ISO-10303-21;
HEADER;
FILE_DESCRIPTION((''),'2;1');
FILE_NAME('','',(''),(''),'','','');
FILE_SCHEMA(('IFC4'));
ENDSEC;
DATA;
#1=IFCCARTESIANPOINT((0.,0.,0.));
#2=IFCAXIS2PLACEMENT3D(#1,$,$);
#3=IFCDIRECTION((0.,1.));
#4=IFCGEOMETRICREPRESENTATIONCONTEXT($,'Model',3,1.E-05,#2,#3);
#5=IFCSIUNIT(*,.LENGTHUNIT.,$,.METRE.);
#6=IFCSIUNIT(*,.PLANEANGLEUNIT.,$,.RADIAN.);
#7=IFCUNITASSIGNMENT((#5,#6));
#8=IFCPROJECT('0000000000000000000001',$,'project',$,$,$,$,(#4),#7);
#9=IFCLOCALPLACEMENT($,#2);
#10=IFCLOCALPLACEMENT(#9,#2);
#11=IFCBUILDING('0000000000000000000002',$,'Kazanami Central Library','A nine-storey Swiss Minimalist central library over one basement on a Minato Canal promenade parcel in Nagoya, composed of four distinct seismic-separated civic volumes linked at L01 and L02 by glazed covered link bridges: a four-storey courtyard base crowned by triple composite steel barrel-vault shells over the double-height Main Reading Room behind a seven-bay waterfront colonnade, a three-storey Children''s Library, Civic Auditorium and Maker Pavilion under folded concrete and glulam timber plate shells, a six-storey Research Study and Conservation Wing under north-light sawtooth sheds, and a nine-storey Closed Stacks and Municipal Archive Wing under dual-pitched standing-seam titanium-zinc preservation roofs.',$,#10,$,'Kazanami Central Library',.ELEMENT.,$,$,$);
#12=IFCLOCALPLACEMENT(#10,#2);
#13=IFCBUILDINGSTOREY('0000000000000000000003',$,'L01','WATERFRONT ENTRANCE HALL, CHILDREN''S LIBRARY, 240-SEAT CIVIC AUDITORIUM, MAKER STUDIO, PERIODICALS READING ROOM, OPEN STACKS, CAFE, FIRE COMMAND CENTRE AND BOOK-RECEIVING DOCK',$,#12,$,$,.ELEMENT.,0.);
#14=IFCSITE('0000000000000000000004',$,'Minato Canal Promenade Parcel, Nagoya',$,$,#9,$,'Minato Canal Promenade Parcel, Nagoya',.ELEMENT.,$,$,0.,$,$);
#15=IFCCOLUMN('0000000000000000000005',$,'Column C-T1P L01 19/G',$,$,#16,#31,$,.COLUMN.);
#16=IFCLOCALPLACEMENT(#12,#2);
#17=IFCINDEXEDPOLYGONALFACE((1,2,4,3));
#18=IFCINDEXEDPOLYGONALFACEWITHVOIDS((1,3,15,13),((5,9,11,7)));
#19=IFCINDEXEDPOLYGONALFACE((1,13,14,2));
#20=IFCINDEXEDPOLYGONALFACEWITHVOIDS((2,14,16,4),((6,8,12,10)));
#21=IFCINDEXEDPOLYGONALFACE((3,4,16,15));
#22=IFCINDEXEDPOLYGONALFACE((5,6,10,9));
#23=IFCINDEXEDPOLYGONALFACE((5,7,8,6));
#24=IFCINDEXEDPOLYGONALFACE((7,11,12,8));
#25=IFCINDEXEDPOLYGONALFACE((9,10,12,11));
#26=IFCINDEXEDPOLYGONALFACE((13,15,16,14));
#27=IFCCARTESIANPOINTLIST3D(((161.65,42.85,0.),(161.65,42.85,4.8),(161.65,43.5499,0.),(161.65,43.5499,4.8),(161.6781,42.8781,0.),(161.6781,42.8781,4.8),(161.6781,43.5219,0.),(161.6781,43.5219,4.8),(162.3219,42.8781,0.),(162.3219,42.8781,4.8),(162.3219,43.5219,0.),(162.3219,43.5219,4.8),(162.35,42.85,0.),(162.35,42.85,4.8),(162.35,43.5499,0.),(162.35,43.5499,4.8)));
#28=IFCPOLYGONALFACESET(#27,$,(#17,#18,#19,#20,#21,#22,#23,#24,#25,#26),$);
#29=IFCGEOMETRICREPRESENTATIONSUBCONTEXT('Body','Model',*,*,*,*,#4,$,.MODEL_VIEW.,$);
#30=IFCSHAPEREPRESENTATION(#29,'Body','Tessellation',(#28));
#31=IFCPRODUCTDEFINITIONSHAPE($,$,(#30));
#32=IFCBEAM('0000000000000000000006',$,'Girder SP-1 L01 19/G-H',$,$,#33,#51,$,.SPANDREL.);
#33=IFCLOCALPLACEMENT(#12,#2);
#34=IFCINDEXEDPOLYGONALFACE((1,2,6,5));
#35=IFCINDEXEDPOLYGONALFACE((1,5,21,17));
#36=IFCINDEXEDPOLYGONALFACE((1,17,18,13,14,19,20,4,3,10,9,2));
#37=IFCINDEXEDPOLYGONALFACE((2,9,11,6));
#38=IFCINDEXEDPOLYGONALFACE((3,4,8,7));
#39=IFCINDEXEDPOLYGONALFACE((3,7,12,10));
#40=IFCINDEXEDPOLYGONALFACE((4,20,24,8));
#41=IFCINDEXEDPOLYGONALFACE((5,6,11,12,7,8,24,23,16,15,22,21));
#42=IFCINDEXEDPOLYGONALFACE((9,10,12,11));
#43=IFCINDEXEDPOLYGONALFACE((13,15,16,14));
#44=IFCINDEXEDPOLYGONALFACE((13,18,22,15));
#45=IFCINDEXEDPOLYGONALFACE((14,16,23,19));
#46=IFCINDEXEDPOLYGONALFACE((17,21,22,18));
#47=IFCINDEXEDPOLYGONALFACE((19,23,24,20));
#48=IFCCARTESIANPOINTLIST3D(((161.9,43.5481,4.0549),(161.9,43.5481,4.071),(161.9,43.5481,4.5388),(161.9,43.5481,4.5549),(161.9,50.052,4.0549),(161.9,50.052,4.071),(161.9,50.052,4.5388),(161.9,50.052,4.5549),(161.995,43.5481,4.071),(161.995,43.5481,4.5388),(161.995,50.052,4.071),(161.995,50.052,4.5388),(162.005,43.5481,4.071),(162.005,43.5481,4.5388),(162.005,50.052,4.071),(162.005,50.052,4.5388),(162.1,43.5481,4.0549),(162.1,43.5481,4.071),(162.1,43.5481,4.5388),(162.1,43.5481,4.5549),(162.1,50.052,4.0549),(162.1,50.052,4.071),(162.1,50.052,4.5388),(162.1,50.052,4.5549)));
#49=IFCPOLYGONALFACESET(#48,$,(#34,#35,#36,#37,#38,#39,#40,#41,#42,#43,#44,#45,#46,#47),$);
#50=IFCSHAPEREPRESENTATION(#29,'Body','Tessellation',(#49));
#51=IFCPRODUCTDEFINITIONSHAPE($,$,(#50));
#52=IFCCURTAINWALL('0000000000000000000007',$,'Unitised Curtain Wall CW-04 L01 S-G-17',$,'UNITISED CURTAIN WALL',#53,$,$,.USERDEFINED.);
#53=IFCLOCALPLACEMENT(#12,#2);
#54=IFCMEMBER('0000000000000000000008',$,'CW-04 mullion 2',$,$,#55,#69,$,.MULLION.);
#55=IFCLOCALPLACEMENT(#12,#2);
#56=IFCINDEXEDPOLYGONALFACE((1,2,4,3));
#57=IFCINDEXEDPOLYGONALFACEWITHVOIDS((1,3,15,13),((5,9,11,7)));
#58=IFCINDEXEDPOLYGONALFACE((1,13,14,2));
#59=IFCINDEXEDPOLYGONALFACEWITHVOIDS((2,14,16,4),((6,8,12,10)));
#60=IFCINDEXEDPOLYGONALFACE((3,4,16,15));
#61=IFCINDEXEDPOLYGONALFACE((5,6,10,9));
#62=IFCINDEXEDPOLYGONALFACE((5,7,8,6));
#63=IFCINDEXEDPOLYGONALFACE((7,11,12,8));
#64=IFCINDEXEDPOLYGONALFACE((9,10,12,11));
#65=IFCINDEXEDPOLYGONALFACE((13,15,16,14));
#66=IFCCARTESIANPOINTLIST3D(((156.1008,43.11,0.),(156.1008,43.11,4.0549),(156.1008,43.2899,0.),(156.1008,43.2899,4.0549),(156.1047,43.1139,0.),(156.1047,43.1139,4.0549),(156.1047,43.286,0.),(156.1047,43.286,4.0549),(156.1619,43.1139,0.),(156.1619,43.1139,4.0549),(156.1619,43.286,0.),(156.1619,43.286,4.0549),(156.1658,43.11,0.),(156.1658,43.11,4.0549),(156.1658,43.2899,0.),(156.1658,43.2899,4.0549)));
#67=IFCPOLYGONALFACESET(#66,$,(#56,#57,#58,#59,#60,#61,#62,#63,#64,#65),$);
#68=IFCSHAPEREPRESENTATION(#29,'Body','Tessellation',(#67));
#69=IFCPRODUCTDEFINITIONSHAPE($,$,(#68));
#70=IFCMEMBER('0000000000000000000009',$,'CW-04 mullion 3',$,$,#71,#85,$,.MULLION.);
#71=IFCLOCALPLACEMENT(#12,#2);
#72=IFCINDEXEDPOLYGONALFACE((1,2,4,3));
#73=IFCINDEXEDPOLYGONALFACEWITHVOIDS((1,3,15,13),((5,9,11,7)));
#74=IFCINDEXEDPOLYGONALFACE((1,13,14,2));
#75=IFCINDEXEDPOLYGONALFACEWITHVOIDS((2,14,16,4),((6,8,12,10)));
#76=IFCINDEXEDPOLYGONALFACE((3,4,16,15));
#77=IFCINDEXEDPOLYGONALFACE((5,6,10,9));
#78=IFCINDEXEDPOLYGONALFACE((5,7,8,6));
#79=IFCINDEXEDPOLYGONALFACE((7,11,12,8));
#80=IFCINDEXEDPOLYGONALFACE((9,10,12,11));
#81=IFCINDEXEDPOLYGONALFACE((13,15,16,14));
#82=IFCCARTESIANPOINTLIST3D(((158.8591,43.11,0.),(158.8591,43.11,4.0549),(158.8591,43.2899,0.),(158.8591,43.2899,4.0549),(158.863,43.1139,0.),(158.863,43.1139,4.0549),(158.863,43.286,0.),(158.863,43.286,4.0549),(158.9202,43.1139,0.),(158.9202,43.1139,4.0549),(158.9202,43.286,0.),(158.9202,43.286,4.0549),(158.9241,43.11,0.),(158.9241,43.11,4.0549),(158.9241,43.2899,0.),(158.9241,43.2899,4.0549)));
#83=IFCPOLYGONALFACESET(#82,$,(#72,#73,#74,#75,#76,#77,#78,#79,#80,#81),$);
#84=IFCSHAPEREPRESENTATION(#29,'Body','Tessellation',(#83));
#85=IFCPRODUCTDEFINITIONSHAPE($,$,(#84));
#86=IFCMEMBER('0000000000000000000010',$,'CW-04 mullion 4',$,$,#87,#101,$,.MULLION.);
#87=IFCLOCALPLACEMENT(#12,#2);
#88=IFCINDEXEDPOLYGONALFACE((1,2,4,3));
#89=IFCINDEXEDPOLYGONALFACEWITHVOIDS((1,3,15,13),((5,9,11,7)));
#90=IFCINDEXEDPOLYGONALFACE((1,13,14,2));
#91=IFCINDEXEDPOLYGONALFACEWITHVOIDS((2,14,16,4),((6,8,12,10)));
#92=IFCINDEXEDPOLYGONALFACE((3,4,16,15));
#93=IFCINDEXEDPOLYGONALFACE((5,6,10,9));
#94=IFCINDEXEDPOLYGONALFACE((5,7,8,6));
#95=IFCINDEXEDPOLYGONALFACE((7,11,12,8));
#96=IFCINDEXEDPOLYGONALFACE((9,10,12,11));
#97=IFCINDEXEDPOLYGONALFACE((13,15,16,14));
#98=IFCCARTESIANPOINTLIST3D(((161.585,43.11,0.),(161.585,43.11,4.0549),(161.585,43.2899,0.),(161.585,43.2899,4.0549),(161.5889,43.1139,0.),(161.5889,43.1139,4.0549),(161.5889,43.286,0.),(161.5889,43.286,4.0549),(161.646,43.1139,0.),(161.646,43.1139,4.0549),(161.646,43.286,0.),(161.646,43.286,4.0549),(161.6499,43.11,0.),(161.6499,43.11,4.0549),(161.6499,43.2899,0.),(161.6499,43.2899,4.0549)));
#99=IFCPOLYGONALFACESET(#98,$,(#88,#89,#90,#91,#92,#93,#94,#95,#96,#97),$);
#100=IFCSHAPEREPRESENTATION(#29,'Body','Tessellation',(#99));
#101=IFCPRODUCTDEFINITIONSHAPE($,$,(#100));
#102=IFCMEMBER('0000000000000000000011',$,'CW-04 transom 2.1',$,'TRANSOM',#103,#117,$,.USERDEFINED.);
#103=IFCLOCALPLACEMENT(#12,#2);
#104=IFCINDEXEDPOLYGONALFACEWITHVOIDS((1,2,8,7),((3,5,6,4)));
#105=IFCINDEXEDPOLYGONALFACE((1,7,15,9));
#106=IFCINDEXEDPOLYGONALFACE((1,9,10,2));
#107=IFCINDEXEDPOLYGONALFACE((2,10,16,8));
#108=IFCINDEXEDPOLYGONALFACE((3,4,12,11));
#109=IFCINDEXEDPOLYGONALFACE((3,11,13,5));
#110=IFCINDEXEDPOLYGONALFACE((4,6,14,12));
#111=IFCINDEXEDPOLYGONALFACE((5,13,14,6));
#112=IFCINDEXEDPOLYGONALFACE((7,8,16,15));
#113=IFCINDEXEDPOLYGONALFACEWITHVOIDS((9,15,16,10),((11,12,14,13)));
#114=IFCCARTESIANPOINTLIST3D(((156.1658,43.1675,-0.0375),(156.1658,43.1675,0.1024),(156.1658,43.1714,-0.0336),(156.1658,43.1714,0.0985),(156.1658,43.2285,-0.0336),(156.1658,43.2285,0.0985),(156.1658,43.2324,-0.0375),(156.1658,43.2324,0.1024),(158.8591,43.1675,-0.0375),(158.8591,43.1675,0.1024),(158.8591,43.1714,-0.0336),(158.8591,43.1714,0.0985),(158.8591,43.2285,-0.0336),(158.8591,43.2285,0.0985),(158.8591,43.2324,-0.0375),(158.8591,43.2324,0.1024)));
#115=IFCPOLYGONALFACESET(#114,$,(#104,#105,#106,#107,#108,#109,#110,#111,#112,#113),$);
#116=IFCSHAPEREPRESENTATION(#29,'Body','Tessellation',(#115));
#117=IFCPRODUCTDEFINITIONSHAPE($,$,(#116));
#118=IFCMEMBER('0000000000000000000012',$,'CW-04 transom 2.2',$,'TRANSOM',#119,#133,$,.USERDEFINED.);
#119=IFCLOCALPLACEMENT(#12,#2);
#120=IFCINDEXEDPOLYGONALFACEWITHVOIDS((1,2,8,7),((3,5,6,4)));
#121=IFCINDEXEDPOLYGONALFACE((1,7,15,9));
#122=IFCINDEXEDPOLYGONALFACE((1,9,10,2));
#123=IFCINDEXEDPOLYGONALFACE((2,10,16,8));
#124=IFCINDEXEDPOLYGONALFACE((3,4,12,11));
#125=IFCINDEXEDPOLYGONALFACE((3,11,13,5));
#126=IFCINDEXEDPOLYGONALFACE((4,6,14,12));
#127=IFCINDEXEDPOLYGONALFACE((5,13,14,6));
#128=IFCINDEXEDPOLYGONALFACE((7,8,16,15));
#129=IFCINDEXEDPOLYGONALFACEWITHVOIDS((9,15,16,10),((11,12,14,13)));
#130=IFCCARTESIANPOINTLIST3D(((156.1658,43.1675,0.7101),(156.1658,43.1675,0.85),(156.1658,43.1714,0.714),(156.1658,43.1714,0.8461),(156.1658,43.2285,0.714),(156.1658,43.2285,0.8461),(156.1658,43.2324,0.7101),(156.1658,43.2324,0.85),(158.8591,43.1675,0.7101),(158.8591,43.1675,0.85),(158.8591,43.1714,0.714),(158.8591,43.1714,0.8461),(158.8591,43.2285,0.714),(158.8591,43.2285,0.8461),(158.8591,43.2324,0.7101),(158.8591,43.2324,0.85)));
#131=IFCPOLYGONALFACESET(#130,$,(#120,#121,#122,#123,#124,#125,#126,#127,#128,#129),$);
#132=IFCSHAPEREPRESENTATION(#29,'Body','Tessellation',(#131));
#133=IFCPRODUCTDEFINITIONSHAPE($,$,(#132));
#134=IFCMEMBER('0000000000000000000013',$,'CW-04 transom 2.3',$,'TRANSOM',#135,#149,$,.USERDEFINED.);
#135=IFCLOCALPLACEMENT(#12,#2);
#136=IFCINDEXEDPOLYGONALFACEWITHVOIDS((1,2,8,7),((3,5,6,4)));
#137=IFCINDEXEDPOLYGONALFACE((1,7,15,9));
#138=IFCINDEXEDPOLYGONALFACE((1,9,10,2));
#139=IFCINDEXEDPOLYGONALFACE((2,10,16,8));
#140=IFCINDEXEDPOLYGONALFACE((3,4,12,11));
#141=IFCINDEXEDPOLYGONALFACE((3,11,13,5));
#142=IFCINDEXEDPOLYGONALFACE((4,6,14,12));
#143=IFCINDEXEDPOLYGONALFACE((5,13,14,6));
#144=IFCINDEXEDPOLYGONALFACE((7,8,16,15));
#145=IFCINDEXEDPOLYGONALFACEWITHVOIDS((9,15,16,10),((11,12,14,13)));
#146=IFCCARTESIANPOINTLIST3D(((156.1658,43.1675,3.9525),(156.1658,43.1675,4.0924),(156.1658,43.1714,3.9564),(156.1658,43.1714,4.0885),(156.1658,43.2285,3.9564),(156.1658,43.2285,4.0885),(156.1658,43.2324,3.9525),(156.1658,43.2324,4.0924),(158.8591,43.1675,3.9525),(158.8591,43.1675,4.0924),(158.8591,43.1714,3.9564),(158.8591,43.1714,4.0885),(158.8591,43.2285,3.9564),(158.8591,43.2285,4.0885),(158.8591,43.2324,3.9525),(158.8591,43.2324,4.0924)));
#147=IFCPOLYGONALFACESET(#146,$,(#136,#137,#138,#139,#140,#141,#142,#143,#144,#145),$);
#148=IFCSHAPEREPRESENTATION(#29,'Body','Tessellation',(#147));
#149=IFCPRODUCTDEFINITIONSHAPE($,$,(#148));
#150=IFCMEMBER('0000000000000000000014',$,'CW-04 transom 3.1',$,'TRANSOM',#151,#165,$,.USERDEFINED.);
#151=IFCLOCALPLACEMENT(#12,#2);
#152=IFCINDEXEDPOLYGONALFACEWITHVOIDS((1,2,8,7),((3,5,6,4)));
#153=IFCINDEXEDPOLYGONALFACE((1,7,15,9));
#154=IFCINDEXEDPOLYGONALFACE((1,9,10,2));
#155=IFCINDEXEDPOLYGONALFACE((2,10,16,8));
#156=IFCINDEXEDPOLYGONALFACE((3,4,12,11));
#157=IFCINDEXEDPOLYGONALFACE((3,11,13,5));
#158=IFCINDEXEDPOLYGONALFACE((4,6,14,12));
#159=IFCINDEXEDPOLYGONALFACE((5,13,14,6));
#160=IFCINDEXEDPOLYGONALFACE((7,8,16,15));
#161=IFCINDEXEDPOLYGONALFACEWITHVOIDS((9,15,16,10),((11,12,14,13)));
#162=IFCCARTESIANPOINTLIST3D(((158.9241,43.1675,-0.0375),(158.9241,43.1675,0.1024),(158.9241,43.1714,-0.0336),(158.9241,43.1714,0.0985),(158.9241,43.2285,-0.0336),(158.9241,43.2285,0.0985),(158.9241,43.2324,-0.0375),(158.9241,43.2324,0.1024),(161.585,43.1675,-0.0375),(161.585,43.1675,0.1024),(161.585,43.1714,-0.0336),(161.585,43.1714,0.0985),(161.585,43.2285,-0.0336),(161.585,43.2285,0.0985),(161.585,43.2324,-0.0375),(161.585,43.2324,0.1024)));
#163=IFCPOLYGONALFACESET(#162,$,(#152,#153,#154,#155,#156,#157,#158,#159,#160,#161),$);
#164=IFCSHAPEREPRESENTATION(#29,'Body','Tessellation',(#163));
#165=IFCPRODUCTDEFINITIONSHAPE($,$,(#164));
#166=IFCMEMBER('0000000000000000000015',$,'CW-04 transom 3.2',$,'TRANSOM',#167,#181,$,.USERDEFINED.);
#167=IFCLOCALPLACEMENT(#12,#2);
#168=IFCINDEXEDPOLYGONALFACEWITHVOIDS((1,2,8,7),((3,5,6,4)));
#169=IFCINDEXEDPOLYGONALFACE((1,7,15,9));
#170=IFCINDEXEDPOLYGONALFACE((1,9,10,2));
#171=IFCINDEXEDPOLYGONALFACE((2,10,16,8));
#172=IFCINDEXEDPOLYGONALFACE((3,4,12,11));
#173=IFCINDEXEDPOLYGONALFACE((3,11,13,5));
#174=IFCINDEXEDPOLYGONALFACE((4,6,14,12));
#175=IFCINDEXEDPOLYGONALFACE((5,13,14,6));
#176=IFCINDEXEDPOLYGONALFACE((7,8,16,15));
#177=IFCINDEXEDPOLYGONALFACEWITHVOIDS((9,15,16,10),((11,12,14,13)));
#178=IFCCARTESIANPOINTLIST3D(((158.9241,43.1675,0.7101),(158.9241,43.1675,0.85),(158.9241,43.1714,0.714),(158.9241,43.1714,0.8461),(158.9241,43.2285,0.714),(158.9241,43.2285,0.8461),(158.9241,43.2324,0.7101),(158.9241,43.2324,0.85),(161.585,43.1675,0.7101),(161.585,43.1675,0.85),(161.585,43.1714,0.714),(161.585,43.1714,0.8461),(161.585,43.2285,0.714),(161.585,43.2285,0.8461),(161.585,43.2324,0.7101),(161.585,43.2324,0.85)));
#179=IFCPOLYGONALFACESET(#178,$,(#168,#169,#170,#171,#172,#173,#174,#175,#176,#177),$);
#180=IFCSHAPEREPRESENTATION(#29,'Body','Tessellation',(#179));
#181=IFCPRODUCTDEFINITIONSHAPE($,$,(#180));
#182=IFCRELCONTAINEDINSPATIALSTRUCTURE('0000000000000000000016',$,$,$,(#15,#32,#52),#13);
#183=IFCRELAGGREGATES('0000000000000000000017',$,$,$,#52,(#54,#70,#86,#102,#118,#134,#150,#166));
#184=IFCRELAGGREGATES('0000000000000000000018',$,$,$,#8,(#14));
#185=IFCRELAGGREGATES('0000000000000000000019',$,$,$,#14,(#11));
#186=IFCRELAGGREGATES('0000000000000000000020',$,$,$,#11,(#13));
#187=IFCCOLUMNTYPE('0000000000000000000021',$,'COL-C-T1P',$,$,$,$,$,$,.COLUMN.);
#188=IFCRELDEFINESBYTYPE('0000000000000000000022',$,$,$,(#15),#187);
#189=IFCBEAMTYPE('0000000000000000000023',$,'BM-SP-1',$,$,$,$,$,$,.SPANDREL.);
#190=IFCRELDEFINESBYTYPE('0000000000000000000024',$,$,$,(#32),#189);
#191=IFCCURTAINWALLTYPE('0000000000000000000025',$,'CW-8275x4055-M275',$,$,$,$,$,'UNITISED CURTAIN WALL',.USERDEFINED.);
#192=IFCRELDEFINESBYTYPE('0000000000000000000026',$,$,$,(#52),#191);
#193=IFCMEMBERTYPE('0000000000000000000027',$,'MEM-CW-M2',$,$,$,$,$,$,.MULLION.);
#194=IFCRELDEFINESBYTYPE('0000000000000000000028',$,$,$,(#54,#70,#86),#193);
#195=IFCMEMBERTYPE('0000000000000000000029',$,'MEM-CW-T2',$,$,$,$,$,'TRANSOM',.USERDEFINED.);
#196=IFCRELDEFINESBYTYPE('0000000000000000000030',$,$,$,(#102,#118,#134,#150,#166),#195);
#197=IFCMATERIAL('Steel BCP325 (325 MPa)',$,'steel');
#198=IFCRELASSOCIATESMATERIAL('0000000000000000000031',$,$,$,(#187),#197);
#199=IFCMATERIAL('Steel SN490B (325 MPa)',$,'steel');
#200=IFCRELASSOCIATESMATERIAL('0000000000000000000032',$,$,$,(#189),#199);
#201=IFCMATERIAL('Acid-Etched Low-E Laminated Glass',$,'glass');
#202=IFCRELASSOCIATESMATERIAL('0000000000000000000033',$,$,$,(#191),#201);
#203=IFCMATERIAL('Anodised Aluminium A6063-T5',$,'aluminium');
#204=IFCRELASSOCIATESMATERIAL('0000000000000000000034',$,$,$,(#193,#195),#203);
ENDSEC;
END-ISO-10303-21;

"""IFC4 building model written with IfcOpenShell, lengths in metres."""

from ifc_helpers import new_model, si_unit, direction, frame, origin, origin_2d, place, context, subcontext, project, spatial, hollow_rectangle, i_section, extrude, material, material_profile, profile_set, type_object, element, aggregate, save


model = new_model("IFC4")

# Units and contexts
model_context = context("Model", 3, precision=1e-05, world=origin(), true_north=direction((0.0, 1.0)))
body_context = subcontext(model_context, "Body", "Model", "MODEL_VIEW")
ifc_project = project(units=[si_unit("LENGTHUNIT", "METRE"), si_unit("PLANEANGLEUNIT", "RADIAN")], contexts=[model_context])

# Site, building, storey
site_placement = place(None, origin())
site = spatial("IfcSite", under=ifc_project, at=site_placement, Name="Minato Canal Promenade Parcel, Nagoya", LongName="Minato Canal Promenade Parcel, Nagoya", CompositionType="ELEMENT", RefElevation=0.0)
building_placement = place(site_placement, origin())
building = spatial("IfcBuilding", under=site, at=building_placement, Name="Kazanami Central Library", Description="A nine-storey Swiss Minimalist central library over one basement on a Minato Canal promenade parcel in Nagoya, composed of four distinct seismic-separated civic volumes linked at L01 and L02 by glazed covered link bridges: a four-storey courtyard base crowned by triple composite steel barrel-vault shells over the double-height Main Reading Room behind a seven-bay waterfront colonnade, a three-storey Children's Library, Civic Auditorium and Maker Pavilion under folded concrete and glulam timber plate shells, a six-storey Research Study and Conservation Wing under north-light sawtooth sheds, and a nine-storey Closed Stacks and Municipal Archive Wing under dual-pitched standing-seam titanium-zinc preservation roofs.", LongName="Kazanami Central Library", CompositionType="ELEMENT")
storey_placement = place(building_placement, origin())
storey = spatial("IfcBuildingStorey", under=building, at=storey_placement, Name="L01", Description="WATERFRONT ENTRANCE HALL, CHILDREN'S LIBRARY, 240-SEAT CIVIC AUDITORIUM, MAKER STUDIO, PERIODICALS READING ROOM, OPEN STACKS, CAFE, FIRE COMMAND CENTRE AND BOOK-RECEIVING DOCK", CompositionType="ELEMENT", Elevation=0.0)

# Column
ifc_material_1 = material(Name="Steel BCP325 (325 MPa)", Category="steel")
ifc_material_profile_1 = material_profile(ifc_material_1, hollow_rectangle(XDim=0.7, YDim=0.7, WallThickness=0.0281, at=origin_2d()), Name="BCP-700x700x28")
ifc_profile_set_1 = profile_set([ifc_material_profile_1], Name="Steel BCP325 (325 MPa)")
column_type = type_object("IfcColumnType", Name="COL-C-T1P", PredefinedType="COLUMN", material=ifc_profile_set_1)
column_placement = place(storey_placement, frame((162.0, 43.2, 0.0), z_axis=(0.0, 0.0, 1.0), x_axis=(1.0, 0.0, 0.0)))
element("IfcColumn", 1, at=column_placement, inside=storey, type_object=column_type, Name="Column C-T1P L01 19/G", PredefinedType="COLUMN", context=body_context, shape_type="SweptSolid", body=[
    extrude(hollow_rectangle(XDim=0.7, YDim=0.7, WallThickness=0.0281, at=origin_2d()), origin(), (0.0, 0.0, 1.0), 4.8),
])

# Beam
ifc_material_2 = material(Name="Steel SN490B (325 MPa)", Category="steel")
ifc_material_profile_2 = material_profile(ifc_material_2, i_section(OverallWidth=0.2, OverallDepth=0.5, WebThickness=0.01, FlangeThickness=0.0161, at=origin_2d()), Name="H-500x200x10x16")
ifc_profile_set_2 = profile_set([ifc_material_profile_2], Name="Steel SN490B (325 MPa)")
beam_type = type_object("IfcBeamType", Name="BM-SP-1", PredefinedType="SPANDREL", material=ifc_profile_set_2)
beam_placement = place(storey_placement, frame((162.0, 43.5481, 4.3049), z_axis=(0.0, 1.0, 0.0), x_axis=(-1.0, 0.0, 0.0)))
element("IfcBeam", 2, at=beam_placement, inside=storey, type_object=beam_type, Name="Girder SP-1 L01 19/G-H", PredefinedType="SPANDREL", context=body_context, shape_type="SweptSolid", body=[
    extrude(i_section(OverallWidth=0.2, OverallDepth=0.5, WebThickness=0.01, FlangeThickness=0.0161, at=origin_2d()), origin(), (0.0, 0.0, 1.0), 6.5039),
])

# Curtain wall, members
ifc_material_3 = material(Name="Acid-Etched Low-E Laminated Glass", Category="glass")
curtain_wall_type = type_object("IfcCurtainWallType", Name="CW-8275x4055-M275", ElementType="UNITISED CURTAIN WALL", PredefinedType="USERDEFINED", material=ifc_material_3)
curtain_wall_placement = place(storey_placement, origin())
curtain_wall = element("IfcCurtainWall", 3, at=curtain_wall_placement, inside=storey, type_object=curtain_wall_type, Name="Unitised Curtain Wall CW-04 L01 S-G-17", ObjectType="UNITISED CURTAIN WALL", PredefinedType="USERDEFINED")
ifc_material_4 = material(Name="Anodised Aluminium A6063-T5", Category="aluminium")
ifc_material_profile_3 = material_profile(ifc_material_4, hollow_rectangle(XDim=0.0649, YDim=0.1799, WallThickness=0.0039, at=origin_2d()), Name="ALU-MULL-65x180x4")
ifc_profile_set_3 = profile_set([ifc_material_profile_3], Name="Anodised Aluminium A6063-T5")
member_type_1 = type_object("IfcMemberType", Name="MEM-CW-M2", PredefinedType="MULLION", material=ifc_profile_set_3)
member_1_placement = place(storey_placement, frame((156.1333, 43.2, 0.0), z_axis=(0.0, 0.0, 1.0), x_axis=(1.0, 0.0, 0.0)))
member_1 = element("IfcMember", 4, at=member_1_placement, type_object=member_type_1, Name="CW-04 mullion 2", PredefinedType="MULLION", context=body_context, shape_type="SweptSolid", body=[
    extrude(hollow_rectangle(XDim=0.0649, YDim=0.1799, WallThickness=0.0039, at=origin_2d()), origin(), (0.0, 0.0, 1.0), 4.0549),
])
member_2_placement = place(storey_placement, frame((158.8916, 43.2, 0.0), z_axis=(0.0, 0.0, 1.0), x_axis=(1.0, 0.0, 0.0)))
member_2 = element("IfcMember", 5, at=member_2_placement, type_object=member_type_1, Name="CW-04 mullion 3", PredefinedType="MULLION", context=body_context, shape_type="SweptSolid", body=[
    extrude(hollow_rectangle(XDim=0.0649, YDim=0.1799, WallThickness=0.0039, at=origin_2d()), origin(), (0.0, 0.0, 1.0), 4.0549),
])
member_3_placement = place(storey_placement, frame((161.6174, 43.2, 0.0), z_axis=(0.0, 0.0, 1.0), x_axis=(1.0, 0.0, 0.0)))
member_3 = element("IfcMember", 6, at=member_3_placement, type_object=member_type_1, Name="CW-04 mullion 4", PredefinedType="MULLION", context=body_context, shape_type="SweptSolid", body=[
    extrude(hollow_rectangle(XDim=0.0649, YDim=0.1799, WallThickness=0.0039, at=origin_2d()), origin(), (0.0, 0.0, 1.0), 4.0549),
])
ifc_material_profile_4 = material_profile(ifc_material_4, hollow_rectangle(XDim=0.0649, YDim=0.1399, WallThickness=0.0039, at=origin_2d()), Name="ALU-TRAN-65x140x4")
ifc_profile_set_4 = profile_set([ifc_material_profile_4], Name="Anodised Aluminium A6063-T5")
member_type_2 = type_object("IfcMemberType", Name="MEM-CW-T2", ElementType="TRANSOM", PredefinedType="USERDEFINED", material=ifc_profile_set_4)
member_4_placement = place(storey_placement, frame((156.1658, 43.2, 0.0325), z_axis=(1.0, 0.0, 0.0), x_axis=(0.0, 1.0, 0.0)))
member_4 = element("IfcMember", 7, at=member_4_placement, type_object=member_type_2, Name="CW-04 transom 2.1", ObjectType="TRANSOM", PredefinedType="USERDEFINED", context=body_context, shape_type="SweptSolid", body=[
    extrude(hollow_rectangle(XDim=0.0649, YDim=0.1399, WallThickness=0.0039, at=origin_2d()), origin(), (0.0, 0.0, 1.0), 2.6934),
])
member_5_placement = place(storey_placement, frame((156.1658, 43.2, 0.78), z_axis=(1.0, 0.0, 0.0), x_axis=(0.0, 1.0, 0.0)))
member_5 = element("IfcMember", 8, at=member_5_placement, type_object=member_type_2, Name="CW-04 transom 2.2", ObjectType="TRANSOM", PredefinedType="USERDEFINED", context=body_context, shape_type="SweptSolid", body=[
    extrude(hollow_rectangle(XDim=0.0649, YDim=0.1399, WallThickness=0.0039, at=origin_2d()), origin(), (0.0, 0.0, 1.0), 2.6934),
])
member_6_placement = place(storey_placement, frame((156.1658, 43.2, 4.0225), z_axis=(1.0, 0.0, 0.0), x_axis=(0.0, 1.0, 0.0)))
member_6 = element("IfcMember", 9, at=member_6_placement, type_object=member_type_2, Name="CW-04 transom 2.3", ObjectType="TRANSOM", PredefinedType="USERDEFINED", context=body_context, shape_type="SweptSolid", body=[
    extrude(hollow_rectangle(XDim=0.0649, YDim=0.1399, WallThickness=0.0039, at=origin_2d()), origin(), (0.0, 0.0, 1.0), 2.6934),
])
member_7_placement = place(storey_placement, frame((158.9241, 43.2, 0.0325), z_axis=(1.0, 0.0, 0.0), x_axis=(0.0, 1.0, 0.0)))
member_7 = element("IfcMember", 10, at=member_7_placement, type_object=member_type_2, Name="CW-04 transom 3.1", ObjectType="TRANSOM", PredefinedType="USERDEFINED", context=body_context, shape_type="SweptSolid", body=[
    extrude(hollow_rectangle(XDim=0.0649, YDim=0.1399, WallThickness=0.0039, at=origin_2d()), origin(), (0.0, 0.0, 1.0), 2.6609),
])
member_8_placement = place(storey_placement, frame((158.9241, 43.2, 0.78), z_axis=(1.0, 0.0, 0.0), x_axis=(0.0, 1.0, 0.0)))
member_8 = element("IfcMember", 11, at=member_8_placement, type_object=member_type_2, Name="CW-04 transom 3.2", ObjectType="TRANSOM", PredefinedType="USERDEFINED", context=body_context, shape_type="SweptSolid", body=[
    extrude(hollow_rectangle(XDim=0.0649, YDim=0.1399, WallThickness=0.0039, at=origin_2d()), origin(), (0.0, 0.0, 1.0), 2.6609),
])
aggregate(curtain_wall, [member_1, member_2, member_3, member_4, member_5, member_6, member_7, member_8])

save(model, "model.ifc")
